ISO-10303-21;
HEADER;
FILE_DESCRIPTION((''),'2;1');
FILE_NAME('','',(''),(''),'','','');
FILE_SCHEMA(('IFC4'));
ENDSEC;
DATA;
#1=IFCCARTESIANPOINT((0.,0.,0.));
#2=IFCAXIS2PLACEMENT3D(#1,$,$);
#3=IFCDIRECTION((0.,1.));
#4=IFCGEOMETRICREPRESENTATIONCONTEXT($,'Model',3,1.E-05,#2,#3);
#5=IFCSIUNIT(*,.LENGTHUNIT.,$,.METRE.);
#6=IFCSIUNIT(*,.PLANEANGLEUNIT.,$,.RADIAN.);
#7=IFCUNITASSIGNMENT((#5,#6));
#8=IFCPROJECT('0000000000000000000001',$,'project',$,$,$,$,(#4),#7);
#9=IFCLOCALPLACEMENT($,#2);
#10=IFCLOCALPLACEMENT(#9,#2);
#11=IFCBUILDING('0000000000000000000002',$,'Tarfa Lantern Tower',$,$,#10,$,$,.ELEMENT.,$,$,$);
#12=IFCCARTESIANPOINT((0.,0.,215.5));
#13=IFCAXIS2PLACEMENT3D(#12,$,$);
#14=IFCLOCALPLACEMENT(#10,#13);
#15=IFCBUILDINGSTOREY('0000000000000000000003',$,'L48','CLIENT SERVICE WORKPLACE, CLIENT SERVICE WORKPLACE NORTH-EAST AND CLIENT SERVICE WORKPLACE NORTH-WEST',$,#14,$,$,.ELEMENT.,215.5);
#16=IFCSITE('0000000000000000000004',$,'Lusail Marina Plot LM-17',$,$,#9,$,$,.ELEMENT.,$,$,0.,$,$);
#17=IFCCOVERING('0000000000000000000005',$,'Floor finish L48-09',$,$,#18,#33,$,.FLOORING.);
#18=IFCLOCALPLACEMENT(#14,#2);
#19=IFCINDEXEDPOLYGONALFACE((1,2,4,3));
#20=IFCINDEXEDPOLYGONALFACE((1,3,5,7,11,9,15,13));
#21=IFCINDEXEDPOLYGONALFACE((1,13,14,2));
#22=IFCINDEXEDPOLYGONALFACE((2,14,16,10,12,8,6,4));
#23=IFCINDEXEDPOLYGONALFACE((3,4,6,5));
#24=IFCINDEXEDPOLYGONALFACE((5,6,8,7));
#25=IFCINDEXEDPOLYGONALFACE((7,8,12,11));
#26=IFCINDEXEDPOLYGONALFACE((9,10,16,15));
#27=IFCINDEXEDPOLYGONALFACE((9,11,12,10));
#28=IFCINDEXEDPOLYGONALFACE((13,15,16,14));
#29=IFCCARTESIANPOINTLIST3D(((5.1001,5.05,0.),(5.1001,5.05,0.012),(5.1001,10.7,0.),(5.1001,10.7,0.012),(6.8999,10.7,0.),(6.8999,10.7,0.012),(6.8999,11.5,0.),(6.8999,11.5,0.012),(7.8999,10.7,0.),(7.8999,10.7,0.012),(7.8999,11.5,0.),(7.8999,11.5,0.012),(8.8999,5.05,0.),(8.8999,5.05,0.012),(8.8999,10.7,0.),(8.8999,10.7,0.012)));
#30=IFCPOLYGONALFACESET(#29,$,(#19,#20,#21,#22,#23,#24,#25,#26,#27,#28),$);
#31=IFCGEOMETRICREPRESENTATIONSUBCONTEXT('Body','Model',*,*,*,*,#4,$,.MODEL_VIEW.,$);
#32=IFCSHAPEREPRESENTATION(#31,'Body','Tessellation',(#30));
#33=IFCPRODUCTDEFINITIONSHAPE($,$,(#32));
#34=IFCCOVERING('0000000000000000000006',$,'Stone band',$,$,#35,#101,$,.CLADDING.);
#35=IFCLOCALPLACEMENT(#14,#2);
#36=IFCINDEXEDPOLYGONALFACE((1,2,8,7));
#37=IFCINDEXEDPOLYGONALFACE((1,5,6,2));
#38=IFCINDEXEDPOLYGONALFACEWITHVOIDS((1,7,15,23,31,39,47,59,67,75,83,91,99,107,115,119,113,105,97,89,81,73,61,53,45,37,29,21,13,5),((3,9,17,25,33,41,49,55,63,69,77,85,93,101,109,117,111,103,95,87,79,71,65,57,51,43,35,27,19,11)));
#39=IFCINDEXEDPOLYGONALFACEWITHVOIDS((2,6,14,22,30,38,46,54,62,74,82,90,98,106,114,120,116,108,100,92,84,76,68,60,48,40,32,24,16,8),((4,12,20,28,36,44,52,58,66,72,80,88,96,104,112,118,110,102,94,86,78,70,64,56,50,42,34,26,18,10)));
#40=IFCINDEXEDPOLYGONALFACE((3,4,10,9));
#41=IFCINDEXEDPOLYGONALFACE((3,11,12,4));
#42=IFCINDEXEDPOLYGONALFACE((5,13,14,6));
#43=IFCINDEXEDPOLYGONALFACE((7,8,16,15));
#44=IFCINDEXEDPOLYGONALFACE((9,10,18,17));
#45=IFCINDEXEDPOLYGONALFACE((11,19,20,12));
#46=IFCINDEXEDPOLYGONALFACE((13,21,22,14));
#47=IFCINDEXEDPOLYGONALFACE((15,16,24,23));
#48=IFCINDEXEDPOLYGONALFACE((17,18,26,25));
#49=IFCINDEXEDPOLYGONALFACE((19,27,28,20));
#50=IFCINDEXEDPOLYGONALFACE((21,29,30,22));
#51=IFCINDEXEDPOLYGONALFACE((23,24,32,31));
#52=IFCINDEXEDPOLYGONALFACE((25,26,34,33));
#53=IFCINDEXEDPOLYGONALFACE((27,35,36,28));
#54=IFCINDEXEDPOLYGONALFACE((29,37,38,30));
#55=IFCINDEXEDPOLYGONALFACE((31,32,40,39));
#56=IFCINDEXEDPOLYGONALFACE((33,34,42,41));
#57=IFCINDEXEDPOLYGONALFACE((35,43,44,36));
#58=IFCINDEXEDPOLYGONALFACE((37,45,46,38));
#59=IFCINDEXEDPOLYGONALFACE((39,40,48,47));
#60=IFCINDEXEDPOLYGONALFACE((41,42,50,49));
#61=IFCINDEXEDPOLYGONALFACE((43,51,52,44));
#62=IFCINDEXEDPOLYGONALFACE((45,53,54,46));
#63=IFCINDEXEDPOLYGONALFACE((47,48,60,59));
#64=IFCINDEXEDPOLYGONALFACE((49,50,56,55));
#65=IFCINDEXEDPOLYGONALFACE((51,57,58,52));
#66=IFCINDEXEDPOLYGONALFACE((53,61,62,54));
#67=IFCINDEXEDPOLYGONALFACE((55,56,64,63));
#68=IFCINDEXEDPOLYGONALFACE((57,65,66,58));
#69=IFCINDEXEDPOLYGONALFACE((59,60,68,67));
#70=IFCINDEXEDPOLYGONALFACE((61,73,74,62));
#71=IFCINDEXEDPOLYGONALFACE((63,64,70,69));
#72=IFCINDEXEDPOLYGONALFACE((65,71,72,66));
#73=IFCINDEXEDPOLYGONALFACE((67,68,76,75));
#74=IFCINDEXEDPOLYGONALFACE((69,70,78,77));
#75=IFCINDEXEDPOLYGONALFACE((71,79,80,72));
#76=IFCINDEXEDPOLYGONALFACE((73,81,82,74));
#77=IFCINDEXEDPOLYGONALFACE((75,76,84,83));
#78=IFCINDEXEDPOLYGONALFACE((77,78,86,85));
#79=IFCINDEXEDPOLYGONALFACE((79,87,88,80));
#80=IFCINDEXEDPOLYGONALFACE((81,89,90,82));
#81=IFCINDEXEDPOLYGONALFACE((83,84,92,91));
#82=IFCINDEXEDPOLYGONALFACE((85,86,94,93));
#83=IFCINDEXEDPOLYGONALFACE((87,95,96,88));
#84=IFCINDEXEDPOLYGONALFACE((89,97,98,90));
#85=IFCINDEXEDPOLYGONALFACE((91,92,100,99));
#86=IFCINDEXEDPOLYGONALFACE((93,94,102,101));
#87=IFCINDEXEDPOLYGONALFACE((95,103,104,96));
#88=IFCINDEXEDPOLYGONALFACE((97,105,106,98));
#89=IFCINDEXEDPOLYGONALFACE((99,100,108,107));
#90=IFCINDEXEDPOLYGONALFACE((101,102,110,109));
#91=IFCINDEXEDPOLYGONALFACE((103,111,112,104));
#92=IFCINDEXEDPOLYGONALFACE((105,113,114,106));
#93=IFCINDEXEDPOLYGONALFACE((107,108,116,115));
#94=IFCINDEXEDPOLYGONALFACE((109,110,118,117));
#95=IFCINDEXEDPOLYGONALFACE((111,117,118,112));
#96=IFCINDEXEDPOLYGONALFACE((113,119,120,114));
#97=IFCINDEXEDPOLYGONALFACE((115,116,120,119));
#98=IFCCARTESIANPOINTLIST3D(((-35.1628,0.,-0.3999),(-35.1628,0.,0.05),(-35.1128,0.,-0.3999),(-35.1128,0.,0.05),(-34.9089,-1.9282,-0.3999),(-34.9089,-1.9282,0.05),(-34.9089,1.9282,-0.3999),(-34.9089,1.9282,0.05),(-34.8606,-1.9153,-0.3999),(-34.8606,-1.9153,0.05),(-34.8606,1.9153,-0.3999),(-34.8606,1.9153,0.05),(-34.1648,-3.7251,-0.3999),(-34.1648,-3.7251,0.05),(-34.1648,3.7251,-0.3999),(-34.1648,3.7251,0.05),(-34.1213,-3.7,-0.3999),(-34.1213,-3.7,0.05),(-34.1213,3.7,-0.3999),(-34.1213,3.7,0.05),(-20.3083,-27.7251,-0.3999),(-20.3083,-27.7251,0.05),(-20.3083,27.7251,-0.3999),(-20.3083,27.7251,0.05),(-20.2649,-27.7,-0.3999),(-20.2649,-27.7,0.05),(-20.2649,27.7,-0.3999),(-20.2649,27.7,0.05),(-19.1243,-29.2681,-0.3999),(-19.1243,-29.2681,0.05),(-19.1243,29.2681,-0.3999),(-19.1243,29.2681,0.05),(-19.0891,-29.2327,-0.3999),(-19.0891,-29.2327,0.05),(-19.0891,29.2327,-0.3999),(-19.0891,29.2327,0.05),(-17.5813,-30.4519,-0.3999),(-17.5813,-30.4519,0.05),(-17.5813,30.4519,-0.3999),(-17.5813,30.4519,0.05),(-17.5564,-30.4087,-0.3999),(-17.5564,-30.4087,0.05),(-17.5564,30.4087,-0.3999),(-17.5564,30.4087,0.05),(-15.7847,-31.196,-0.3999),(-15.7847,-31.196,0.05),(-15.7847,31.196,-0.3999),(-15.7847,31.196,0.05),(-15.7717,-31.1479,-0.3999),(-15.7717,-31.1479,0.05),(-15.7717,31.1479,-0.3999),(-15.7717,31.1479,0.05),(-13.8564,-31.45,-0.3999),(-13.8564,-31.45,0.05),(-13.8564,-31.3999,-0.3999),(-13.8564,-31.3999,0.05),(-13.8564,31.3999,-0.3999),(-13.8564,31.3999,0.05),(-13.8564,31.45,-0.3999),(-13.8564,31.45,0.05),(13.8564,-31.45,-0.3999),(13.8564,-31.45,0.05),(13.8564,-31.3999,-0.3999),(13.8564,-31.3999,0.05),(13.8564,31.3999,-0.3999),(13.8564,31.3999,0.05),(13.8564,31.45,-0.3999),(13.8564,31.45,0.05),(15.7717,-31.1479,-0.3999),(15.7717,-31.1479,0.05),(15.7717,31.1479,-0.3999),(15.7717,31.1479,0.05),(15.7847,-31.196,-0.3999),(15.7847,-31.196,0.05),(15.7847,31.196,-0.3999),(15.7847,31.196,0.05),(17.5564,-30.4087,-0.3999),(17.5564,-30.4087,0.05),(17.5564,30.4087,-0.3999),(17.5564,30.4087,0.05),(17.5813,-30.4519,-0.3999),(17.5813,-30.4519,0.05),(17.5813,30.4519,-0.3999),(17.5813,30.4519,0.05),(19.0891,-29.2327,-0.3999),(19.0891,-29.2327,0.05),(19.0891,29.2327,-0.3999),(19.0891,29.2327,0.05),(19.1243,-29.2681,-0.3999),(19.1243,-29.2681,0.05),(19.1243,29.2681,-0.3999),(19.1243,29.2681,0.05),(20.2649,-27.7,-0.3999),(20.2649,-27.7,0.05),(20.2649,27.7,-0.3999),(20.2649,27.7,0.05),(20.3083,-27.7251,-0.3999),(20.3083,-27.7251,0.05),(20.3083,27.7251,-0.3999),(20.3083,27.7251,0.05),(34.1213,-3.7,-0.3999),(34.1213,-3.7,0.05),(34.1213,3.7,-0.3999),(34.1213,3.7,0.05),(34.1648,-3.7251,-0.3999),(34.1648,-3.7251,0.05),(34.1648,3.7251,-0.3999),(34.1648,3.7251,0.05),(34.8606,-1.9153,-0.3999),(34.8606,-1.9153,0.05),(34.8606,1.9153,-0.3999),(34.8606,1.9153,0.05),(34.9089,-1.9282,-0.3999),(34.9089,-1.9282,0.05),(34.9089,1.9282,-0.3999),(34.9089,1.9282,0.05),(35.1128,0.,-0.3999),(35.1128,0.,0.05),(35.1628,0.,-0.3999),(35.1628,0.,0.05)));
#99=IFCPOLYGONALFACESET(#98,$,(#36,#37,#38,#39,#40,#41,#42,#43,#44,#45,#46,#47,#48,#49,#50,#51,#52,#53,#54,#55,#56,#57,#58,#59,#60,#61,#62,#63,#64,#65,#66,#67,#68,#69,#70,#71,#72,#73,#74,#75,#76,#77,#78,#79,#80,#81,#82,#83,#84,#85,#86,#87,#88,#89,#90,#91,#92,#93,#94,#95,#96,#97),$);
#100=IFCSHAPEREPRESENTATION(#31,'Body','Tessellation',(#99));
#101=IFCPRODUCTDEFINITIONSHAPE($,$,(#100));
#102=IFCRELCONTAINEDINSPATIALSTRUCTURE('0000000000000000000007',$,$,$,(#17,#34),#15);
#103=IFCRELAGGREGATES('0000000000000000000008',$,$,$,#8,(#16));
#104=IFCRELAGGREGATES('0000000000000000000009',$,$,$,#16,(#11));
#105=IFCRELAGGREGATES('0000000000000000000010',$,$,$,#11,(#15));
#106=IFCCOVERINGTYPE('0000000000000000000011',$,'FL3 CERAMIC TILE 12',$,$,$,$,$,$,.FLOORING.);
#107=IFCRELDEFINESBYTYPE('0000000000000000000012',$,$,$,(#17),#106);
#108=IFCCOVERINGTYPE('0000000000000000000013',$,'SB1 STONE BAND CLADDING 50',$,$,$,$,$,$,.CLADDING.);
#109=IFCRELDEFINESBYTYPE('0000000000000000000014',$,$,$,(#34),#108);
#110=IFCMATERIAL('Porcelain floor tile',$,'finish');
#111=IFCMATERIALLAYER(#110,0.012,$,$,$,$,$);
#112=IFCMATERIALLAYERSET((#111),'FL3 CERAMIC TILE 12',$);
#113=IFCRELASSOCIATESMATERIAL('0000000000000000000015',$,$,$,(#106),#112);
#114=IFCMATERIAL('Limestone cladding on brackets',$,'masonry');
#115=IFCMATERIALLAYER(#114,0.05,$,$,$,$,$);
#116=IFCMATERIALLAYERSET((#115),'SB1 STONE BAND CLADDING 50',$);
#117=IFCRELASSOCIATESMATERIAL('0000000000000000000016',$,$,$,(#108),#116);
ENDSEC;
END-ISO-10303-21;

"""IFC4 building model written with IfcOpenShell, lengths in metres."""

from ifc_helpers import new_model, si_unit, direction, frame, origin, place, context, subcontext, project, spatial, polyline, outline, extrude, material, layer, layer_set, type_object, element, save


model = new_model("IFC4")

# Units and contexts
model_context = context("Model", 3, precision=1e-05, world=origin(), true_north=direction((0.0, 1.0)))
body_context = subcontext(model_context, "Body", "Model", "MODEL_VIEW")
ifc_project = project(units=[si_unit("LENGTHUNIT", "METRE"), si_unit("PLANEANGLEUNIT", "RADIAN")], contexts=[model_context])

# Site, building, storey
site_placement = place(None, origin())
site = spatial("IfcSite", under=ifc_project, at=site_placement, Name="Lusail Marina Plot LM-17", CompositionType="ELEMENT", RefElevation=0.0)
building_placement = place(site_placement, origin())
building = spatial("IfcBuilding", under=site, at=building_placement, Name="Tarfa Lantern Tower", CompositionType="ELEMENT")
storey_placement = place(building_placement, frame((0.0, 0.0, 215.5)))
storey = spatial("IfcBuildingStorey", under=building, at=storey_placement, Name="L48", Description="CLIENT SERVICE WORKPLACE, CLIENT SERVICE WORKPLACE NORTH-EAST AND CLIENT SERVICE WORKPLACE NORTH-WEST", CompositionType="ELEMENT", Elevation=215.5)

# Coverings
ifc_material_1 = material(Name="Porcelain floor tile", Category="finish")
ifc_layer_1 = layer(ifc_material_1, 0.012)
ifc_layer_set_1 = layer_set([ifc_layer_1], Name="FL3 CERAMIC TILE 12")
covering_type_1 = type_object("IfcCoveringType", Name="FL3 CERAMIC TILE 12", PredefinedType="FLOORING", material=ifc_layer_set_1)
covering_1_placement = place(storey_placement, origin())
element("IfcCovering", 1, at=covering_1_placement, inside=storey, type_object=covering_type_1, Name="Floor finish L48-09", PredefinedType="FLOORING", context=body_context, shape_type="SweptSolid", body=[
    extrude(outline(polyline([(5.1001, 5.05), (8.8999, 5.05), (8.8999, 10.7), (7.8999, 10.7), (7.8999, 11.5), (6.8999, 11.5), (6.8999, 10.7), (5.1001, 10.7), (5.1001, 5.05)])), origin(), (0.0, 0.0, 1.0), 0.012),
])
ifc_material_2 = material(Name="Limestone cladding on brackets", Category="masonry")
ifc_layer_2 = layer(ifc_material_2, 0.05)
ifc_layer_set_2 = layer_set([ifc_layer_2], Name="SB1 STONE BAND CLADDING 50")
covering_type_2 = type_object("IfcCoveringType", Name="SB1 STONE BAND CLADDING 50", PredefinedType="CLADDING", material=ifc_layer_set_2)
covering_2_placement = place(storey_placement, frame((0.0, 0.0, -0.3999)))
element("IfcCovering", 2, at=covering_2_placement, inside=storey, type_object=covering_type_2, Name="Stone band", PredefinedType="CLADDING", context=body_context, shape_type="SweptSolid", body=[
    extrude(outline(polyline([(34.1648, 3.7251), (20.3083, 27.7251), (19.1243, 29.2681), (17.5813, 30.4519), (15.7847, 31.196), (13.8564, 31.45), (-13.8564, 31.45), (-15.7847, 31.196), (-17.5813, 30.4519), (-19.1243, 29.2681), (-20.3083, 27.7251), (-34.1648, 3.7251), (-34.9089, 1.9282), (-35.1628, 0.0), (-34.9089, -1.9282), (-34.1648, -3.7251), (-20.3083, -27.7251), (-19.1243, -29.2681), (-17.5813, -30.4519), (-15.7847, -31.196), (-13.8564, -31.45), (13.8564, -31.45), (15.7847, -31.196), (17.5813, -30.4519), (19.1243, -29.2681), (20.3083, -27.7251), (34.1648, -3.7251), (34.9089, -1.9282), (35.1628, 0.0), (34.9089, 1.9282), (34.1648, 3.7251)]), holes=[polyline([(34.1213, 3.7), (20.2649, 27.7), (19.0891, 29.2327), (17.5564, 30.4087), (15.7717, 31.1479), (13.8564, 31.3999), (-13.8564, 31.3999), (-15.7717, 31.1479), (-17.5564, 30.4087), (-19.0891, 29.2327), (-20.2649, 27.7), (-34.1213, 3.7), (-34.8606, 1.9153), (-35.1128, 0.0), (-34.8606, -1.9153), (-34.1213, -3.7), (-20.2649, -27.7), (-19.0891, -29.2327), (-17.5564, -30.4087), (-15.7717, -31.1479), (-13.8564, -31.3999), (13.8564, -31.3999), (15.7717, -31.1479), (17.5564, -30.4087), (19.0891, -29.2327), (20.2649, -27.7), (34.1213, -3.7), (34.8606, -1.9153), (35.1128, 0.0), (34.8606, 1.9153), (34.1213, 3.7)])]), origin(), (0.0, 0.0, 1.0), 0.45),
])

save(model, "model.ifc")
